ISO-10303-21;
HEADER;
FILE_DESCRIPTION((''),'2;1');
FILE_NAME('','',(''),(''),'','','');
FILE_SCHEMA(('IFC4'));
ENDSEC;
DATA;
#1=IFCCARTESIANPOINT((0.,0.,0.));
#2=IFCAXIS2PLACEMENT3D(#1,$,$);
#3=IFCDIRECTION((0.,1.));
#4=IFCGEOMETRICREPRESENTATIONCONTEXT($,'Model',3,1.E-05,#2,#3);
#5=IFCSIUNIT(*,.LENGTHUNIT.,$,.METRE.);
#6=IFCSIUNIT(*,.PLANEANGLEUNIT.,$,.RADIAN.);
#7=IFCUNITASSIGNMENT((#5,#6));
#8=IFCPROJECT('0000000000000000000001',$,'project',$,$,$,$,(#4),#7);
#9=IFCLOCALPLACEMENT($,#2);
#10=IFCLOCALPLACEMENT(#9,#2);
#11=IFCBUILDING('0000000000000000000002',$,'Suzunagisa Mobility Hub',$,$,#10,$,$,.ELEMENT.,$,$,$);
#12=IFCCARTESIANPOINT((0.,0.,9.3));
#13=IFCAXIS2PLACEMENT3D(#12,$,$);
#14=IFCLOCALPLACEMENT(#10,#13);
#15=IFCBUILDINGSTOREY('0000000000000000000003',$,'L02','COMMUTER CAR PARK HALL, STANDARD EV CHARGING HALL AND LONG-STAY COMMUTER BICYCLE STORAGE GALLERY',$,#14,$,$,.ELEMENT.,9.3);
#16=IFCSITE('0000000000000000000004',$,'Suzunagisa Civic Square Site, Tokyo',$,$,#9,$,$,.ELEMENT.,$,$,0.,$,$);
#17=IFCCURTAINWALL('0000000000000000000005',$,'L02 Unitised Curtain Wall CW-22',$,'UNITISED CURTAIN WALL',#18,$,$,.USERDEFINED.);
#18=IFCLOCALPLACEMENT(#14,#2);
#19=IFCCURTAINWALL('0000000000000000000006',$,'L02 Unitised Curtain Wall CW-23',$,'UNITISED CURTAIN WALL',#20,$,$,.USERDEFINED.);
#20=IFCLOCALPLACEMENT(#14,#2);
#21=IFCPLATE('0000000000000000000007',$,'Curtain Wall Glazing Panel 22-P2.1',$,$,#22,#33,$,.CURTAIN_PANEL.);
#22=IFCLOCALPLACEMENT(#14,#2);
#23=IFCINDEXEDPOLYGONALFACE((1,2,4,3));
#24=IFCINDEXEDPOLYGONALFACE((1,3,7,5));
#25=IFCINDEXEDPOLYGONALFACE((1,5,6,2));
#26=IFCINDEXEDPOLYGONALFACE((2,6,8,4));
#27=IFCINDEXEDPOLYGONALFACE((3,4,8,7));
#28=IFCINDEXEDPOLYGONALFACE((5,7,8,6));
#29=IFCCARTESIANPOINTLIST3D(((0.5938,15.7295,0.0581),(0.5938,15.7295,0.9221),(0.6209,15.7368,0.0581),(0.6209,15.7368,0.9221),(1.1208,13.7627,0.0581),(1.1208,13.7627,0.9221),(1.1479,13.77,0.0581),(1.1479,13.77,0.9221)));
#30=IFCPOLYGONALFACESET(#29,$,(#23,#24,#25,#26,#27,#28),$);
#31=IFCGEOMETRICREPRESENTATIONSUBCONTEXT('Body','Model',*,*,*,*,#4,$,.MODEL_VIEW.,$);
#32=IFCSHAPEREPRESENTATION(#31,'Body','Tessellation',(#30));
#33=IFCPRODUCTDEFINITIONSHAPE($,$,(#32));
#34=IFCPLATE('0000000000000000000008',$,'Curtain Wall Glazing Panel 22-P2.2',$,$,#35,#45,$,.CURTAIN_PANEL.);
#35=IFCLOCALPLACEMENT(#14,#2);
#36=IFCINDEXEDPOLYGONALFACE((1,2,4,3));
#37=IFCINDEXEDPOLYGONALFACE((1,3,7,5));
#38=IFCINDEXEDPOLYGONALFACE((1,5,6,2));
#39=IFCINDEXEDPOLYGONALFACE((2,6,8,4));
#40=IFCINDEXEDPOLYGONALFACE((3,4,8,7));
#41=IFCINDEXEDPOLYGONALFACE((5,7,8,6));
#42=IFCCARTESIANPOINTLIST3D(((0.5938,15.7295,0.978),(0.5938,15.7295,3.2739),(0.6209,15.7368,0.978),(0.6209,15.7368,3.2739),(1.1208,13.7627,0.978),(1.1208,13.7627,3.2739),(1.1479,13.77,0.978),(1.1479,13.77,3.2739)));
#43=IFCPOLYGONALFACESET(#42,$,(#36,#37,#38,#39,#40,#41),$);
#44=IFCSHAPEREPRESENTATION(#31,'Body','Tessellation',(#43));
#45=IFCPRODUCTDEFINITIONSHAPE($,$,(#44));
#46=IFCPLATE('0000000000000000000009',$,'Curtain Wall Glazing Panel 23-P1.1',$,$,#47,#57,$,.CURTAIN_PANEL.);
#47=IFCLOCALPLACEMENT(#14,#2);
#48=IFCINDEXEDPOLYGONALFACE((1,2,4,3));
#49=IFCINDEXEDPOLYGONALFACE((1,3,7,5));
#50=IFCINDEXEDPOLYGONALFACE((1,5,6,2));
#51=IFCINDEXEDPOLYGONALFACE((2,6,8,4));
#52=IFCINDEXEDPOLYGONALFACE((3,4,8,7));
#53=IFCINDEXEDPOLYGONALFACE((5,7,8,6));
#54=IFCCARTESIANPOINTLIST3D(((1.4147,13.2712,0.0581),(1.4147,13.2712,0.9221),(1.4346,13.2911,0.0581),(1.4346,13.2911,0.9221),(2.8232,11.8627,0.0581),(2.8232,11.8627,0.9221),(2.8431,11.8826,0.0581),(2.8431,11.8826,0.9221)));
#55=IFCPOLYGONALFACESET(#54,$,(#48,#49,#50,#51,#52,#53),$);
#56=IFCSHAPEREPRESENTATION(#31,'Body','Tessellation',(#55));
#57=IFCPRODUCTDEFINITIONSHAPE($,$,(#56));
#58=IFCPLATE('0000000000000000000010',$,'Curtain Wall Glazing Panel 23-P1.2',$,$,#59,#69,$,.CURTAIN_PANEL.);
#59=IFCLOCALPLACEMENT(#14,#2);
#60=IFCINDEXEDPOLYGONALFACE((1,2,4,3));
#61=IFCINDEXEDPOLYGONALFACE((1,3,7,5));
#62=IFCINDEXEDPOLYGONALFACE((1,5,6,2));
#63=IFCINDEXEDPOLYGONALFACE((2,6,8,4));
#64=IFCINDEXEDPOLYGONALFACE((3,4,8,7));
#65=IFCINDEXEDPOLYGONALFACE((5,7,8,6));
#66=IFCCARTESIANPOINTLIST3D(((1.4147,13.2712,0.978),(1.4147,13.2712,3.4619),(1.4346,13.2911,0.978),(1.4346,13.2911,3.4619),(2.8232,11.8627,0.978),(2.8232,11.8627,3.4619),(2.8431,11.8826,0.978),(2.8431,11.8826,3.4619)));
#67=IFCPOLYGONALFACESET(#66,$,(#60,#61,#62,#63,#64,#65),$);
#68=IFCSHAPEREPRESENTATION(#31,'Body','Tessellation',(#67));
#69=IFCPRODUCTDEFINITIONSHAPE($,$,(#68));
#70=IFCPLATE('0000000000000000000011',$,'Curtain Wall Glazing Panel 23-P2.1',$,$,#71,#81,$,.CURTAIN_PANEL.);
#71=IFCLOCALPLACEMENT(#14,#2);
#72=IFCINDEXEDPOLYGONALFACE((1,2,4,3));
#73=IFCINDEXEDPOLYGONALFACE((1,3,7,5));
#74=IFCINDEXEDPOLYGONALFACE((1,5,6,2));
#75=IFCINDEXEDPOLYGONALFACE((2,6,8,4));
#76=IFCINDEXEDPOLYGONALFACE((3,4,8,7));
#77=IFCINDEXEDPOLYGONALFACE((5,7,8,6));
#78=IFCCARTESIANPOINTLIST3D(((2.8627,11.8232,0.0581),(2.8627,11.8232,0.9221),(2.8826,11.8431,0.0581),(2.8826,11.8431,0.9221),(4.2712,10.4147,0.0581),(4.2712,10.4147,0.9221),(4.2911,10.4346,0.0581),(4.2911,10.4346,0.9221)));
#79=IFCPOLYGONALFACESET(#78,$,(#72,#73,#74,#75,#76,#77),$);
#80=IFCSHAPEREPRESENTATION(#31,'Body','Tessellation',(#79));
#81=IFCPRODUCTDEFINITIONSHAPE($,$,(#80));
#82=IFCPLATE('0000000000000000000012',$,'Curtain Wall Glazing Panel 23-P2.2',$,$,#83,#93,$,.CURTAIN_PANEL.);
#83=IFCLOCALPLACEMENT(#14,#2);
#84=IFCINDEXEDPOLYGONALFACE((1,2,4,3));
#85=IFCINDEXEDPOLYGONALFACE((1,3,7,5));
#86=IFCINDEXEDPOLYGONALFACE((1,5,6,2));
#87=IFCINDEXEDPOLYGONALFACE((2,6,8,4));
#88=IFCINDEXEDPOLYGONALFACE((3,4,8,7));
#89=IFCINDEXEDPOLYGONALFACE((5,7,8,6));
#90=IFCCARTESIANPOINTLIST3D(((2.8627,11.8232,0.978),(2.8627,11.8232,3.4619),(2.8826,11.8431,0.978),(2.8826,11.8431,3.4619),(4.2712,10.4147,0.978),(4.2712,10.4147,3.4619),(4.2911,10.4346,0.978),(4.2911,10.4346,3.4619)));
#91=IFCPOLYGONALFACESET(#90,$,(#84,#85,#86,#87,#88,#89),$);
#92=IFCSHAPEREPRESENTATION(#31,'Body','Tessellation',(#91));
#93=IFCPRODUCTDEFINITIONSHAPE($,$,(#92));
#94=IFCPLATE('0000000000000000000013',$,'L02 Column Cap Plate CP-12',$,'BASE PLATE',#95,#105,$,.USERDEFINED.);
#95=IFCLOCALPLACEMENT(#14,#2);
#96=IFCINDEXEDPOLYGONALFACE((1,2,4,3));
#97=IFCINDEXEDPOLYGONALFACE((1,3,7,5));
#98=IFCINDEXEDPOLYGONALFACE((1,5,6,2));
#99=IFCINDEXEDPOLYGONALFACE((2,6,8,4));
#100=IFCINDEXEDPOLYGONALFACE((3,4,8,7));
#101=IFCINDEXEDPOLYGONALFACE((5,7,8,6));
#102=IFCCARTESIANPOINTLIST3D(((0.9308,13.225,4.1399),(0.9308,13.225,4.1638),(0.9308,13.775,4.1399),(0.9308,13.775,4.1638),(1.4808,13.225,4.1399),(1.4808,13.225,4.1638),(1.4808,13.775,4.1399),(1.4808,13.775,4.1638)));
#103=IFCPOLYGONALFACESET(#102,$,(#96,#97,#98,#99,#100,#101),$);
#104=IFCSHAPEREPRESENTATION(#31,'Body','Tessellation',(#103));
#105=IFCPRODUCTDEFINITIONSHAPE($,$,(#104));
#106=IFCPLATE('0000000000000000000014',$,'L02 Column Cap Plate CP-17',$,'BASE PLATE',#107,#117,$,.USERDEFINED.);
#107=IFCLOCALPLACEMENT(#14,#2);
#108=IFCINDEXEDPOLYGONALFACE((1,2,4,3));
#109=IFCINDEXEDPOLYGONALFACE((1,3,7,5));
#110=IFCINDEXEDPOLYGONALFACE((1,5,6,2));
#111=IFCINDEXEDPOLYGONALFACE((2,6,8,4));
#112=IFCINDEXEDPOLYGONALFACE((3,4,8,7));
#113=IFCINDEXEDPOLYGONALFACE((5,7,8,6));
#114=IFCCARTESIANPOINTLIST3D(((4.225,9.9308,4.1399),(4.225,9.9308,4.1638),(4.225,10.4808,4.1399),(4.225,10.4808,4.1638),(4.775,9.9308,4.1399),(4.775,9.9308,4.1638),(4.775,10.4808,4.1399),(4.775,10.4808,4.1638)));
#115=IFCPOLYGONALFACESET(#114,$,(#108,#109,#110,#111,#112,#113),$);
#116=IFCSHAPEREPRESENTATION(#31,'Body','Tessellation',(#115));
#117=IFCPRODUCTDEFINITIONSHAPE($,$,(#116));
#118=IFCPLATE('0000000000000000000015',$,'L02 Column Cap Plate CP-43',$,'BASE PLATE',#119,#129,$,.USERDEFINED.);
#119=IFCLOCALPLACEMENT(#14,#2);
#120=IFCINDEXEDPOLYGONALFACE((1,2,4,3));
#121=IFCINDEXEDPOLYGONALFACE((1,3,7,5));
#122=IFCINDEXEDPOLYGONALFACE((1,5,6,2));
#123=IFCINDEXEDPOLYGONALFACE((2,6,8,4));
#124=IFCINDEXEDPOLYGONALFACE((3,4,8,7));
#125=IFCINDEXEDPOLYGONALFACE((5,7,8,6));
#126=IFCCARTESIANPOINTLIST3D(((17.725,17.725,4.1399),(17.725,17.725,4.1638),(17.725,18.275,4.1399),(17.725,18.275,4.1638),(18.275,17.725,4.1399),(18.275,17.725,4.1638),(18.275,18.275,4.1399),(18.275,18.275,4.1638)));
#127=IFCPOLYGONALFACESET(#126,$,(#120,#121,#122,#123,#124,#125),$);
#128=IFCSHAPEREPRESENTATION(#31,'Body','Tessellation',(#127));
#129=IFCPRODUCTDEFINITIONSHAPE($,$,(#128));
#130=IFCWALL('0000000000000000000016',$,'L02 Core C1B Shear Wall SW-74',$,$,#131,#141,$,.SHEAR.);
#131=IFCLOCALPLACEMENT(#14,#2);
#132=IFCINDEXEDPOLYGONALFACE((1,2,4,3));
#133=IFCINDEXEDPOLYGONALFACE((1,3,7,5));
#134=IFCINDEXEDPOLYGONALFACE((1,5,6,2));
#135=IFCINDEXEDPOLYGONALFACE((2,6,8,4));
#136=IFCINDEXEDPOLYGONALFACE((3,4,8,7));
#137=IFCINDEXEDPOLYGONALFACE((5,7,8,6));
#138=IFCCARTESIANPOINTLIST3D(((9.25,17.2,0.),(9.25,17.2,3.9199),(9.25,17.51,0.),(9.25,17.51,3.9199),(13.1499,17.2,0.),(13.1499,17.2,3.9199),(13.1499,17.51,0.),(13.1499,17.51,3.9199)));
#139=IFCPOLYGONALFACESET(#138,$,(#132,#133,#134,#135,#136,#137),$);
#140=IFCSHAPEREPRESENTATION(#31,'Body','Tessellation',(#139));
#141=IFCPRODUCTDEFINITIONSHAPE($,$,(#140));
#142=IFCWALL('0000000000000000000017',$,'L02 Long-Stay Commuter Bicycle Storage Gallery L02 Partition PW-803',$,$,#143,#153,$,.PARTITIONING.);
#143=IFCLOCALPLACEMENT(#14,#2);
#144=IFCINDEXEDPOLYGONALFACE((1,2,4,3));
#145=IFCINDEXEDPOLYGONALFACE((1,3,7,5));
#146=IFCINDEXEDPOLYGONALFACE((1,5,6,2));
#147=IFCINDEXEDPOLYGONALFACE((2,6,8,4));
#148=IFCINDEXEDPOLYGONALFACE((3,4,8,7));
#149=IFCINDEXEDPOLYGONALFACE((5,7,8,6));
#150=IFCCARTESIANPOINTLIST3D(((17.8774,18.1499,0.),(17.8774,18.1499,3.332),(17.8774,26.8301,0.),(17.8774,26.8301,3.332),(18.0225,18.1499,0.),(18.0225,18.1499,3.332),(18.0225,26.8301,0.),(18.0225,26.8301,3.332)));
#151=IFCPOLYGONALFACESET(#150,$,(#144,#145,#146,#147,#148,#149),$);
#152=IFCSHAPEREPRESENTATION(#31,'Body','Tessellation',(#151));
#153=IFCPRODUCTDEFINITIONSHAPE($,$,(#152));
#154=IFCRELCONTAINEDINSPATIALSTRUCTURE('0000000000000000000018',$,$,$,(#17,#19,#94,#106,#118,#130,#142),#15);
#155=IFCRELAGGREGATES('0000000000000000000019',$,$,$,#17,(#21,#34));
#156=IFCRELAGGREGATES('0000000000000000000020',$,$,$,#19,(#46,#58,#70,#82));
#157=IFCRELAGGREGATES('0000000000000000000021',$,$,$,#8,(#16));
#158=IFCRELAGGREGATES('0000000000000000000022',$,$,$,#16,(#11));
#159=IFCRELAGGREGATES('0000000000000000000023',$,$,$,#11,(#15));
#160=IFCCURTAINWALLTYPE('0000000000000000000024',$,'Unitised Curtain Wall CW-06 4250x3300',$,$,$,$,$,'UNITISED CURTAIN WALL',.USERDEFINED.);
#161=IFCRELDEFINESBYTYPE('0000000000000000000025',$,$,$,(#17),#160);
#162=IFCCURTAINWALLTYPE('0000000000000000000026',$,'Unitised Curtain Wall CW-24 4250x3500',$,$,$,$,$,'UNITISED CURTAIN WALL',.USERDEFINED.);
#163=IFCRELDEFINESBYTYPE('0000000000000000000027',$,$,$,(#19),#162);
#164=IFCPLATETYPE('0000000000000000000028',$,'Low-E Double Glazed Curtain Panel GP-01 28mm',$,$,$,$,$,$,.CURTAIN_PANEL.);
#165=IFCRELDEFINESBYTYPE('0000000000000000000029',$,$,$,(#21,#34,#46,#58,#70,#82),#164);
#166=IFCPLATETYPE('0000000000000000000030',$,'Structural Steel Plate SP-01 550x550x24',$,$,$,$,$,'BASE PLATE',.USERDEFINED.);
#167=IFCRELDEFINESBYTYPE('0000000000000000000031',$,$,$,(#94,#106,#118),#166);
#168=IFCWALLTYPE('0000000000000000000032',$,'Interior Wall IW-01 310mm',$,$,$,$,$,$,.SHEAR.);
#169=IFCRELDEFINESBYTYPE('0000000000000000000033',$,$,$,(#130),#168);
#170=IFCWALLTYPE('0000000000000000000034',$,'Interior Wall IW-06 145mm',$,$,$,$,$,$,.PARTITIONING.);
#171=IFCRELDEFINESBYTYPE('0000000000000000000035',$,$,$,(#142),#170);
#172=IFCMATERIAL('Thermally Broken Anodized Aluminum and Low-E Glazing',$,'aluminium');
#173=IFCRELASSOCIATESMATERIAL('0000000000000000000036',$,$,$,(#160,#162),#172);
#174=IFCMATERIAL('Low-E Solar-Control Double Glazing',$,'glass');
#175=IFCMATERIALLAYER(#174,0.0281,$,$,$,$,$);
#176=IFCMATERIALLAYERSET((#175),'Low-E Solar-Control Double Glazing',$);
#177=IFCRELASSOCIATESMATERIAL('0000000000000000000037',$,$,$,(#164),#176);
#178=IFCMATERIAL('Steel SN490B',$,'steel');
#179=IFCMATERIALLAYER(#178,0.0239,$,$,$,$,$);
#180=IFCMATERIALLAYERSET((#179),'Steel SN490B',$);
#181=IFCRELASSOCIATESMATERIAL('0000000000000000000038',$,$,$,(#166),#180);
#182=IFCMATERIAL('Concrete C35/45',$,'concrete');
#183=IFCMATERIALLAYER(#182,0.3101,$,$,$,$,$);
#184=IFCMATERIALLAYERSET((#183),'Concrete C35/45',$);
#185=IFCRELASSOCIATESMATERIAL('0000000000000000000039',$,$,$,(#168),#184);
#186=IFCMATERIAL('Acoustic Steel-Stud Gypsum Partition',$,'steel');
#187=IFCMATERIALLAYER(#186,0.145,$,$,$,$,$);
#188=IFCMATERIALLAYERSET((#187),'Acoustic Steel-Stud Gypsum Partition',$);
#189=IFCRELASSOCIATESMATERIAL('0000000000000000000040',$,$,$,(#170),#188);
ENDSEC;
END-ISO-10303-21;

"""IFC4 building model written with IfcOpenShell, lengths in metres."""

from ifc_helpers import new_model, si_unit, direction, frame, frame_2d, origin, origin_2d, place, context, subcontext, project, spatial, rectangle, extrude, material, layer, layer_set, type_object, element, aggregate, save


model = new_model("IFC4")

# Units and contexts
model_context = context("Model", 3, precision=1e-05, world=origin(), true_north=direction((0.0, 1.0)))
body_context = subcontext(model_context, "Body", "Model", "MODEL_VIEW")
ifc_project = project(units=[si_unit("LENGTHUNIT", "METRE"), si_unit("PLANEANGLEUNIT", "RADIAN")], contexts=[model_context])

# Site, building, storey
site_placement = place(None, origin())
site = spatial("IfcSite", under=ifc_project, at=site_placement, Name="Suzunagisa Civic Square Site, Tokyo", CompositionType="ELEMENT", RefElevation=0.0)
building_placement = place(site_placement, origin())
building = spatial("IfcBuilding", under=site, at=building_placement, Name="Suzunagisa Mobility Hub", CompositionType="ELEMENT")
storey_placement = place(building_placement, frame((0.0, 0.0, 9.3)))
storey = spatial("IfcBuildingStorey", under=building, at=storey_placement, Name="L02", Description="COMMUTER CAR PARK HALL, STANDARD EV CHARGING HALL AND LONG-STAY COMMUTER BICYCLE STORAGE GALLERY", CompositionType="ELEMENT", Elevation=9.3)

# Shared definitions
ifc_material_1 = material(Name="Steel SN490B", Category="steel")

# Curtain walls
ifc_material_2 = material(Name="Thermally Broken Anodized Aluminum and Low-E Glazing", Category="aluminium")
curtain_wall_type_1 = type_object("IfcCurtainWallType", Name="Unitised Curtain Wall CW-06 4250x3300", ElementType="UNITISED CURTAIN WALL", PredefinedType="USERDEFINED", material=ifc_material_2)
curtain_wall_1_placement = place(storey_placement, origin())
curtain_wall_1 = element("IfcCurtainWall", 1, at=curtain_wall_1_placement, inside=storey, type_object=curtain_wall_type_1, Name="L02 Unitised Curtain Wall CW-22", ObjectType="UNITISED CURTAIN WALL", PredefinedType="USERDEFINED")
curtain_wall_type_2 = type_object("IfcCurtainWallType", Name="Unitised Curtain Wall CW-24 4250x3500", ElementType="UNITISED CURTAIN WALL", PredefinedType="USERDEFINED", material=ifc_material_2)
curtain_wall_2_placement = place(storey_placement, origin())
curtain_wall_2 = element("IfcCurtainWall", 2, at=curtain_wall_2_placement, inside=storey, type_object=curtain_wall_type_2, Name="L02 Unitised Curtain Wall CW-23", ObjectType="UNITISED CURTAIN WALL", PredefinedType="USERDEFINED")

# Plates
ifc_material_3 = material(Name="Low-E Solar-Control Double Glazing", Category="glass")
ifc_layer_1 = layer(ifc_material_3, 0.0281)
ifc_layer_set_1 = layer_set([ifc_layer_1], Name="Low-E Solar-Control Double Glazing")
plate_type_1 = type_object("IfcPlateType", Name="Low-E Double Glazed Curtain Panel GP-01 28mm", PredefinedType="CURTAIN_PANEL", material=ifc_layer_set_1)
plate_1_placement = place(storey_placement, frame((0.8708, 14.7498, 0.0581), z_axis=(0.0, 0.0, 1.0), x_axis=(0.258811, -0.965928, 0.0)))
plate_1 = element("IfcPlate", 3, at=plate_1_placement, type_object=plate_type_1, Name="Curtain Wall Glazing Panel 22-P2.1", PredefinedType="CURTAIN_PANEL", context=body_context, shape_type="SweptSolid", body=[
    extrude(rectangle(XDim=2.0361, YDim=0.0281, at=origin_2d()), origin(), (0.0, 0.0, 1.0), 0.864),
])
plate_2_placement = place(storey_placement, frame((0.8708, 14.7498, 0.978), z_axis=(0.0, 0.0, 1.0), x_axis=(0.258811, -0.965928, 0.0)))
plate_2 = element("IfcPlate", 4, at=plate_2_placement, type_object=plate_type_1, Name="Curtain Wall Glazing Panel 22-P2.2", PredefinedType="CURTAIN_PANEL", context=body_context, shape_type="SweptSolid", body=[
    extrude(rectangle(XDim=2.0361, YDim=0.0281, at=origin_2d()), origin(), (0.0, 0.0, 1.0), 2.2959),
])
aggregate(curtain_wall_1, [plate_1, plate_2])
plate_3_placement = place(storey_placement, frame((2.1289, 12.5769, 0.0581), z_axis=(0.0, 0.0, 1.0), x_axis=(0.707107, -0.707107, 0.0)))
plate_3 = element("IfcPlate", 5, at=plate_3_placement, type_object=plate_type_1, Name="Curtain Wall Glazing Panel 23-P1.1", PredefinedType="CURTAIN_PANEL", context=body_context, shape_type="SweptSolid", body=[
    extrude(rectangle(XDim=1.9919, YDim=0.0281, at=origin_2d()), origin(), (0.0, 0.0, 1.0), 0.864),
])
plate_4_placement = place(storey_placement, frame((2.1289, 12.5769, 0.978), z_axis=(0.0, 0.0, 1.0), x_axis=(0.707107, -0.707107, 0.0)))
plate_4 = element("IfcPlate", 6, at=plate_4_placement, type_object=plate_type_1, Name="Curtain Wall Glazing Panel 23-P1.2", PredefinedType="CURTAIN_PANEL", context=body_context, shape_type="SweptSolid", body=[
    extrude(rectangle(XDim=1.9919, YDim=0.0281, at=origin_2d()), origin(), (0.0, 0.0, 1.0), 2.4839),
])
plate_5_placement = place(storey_placement, frame((3.5769, 11.1289, 0.0581), z_axis=(0.0, 0.0, 1.0), x_axis=(0.707107, -0.707107, 0.0)))
plate_5 = element("IfcPlate", 7, at=plate_5_placement, type_object=plate_type_1, Name="Curtain Wall Glazing Panel 23-P2.1", PredefinedType="CURTAIN_PANEL", context=body_context, shape_type="SweptSolid", body=[
    extrude(rectangle(XDim=1.9919, YDim=0.0281, at=origin_2d()), origin(), (0.0, 0.0, 1.0), 0.864),
])
plate_6_placement = place(storey_placement, frame((3.5769, 11.1289, 0.978), z_axis=(0.0, 0.0, 1.0), x_axis=(0.707107, -0.707107, 0.0)))
plate_6 = element("IfcPlate", 8, at=plate_6_placement, type_object=plate_type_1, Name="Curtain Wall Glazing Panel 23-P2.2", PredefinedType="CURTAIN_PANEL", context=body_context, shape_type="SweptSolid", body=[
    extrude(rectangle(XDim=1.9919, YDim=0.0281, at=origin_2d()), origin(), (0.0, 0.0, 1.0), 2.4839),
])
aggregate(curtain_wall_2, [plate_3, plate_4, plate_5, plate_6])

# Plates
ifc_layer_2 = layer(ifc_material_1, 0.0239)
ifc_layer_set_2 = layer_set([ifc_layer_2], Name="Steel SN490B")
plate_type_2 = type_object("IfcPlateType", Name="Structural Steel Plate SP-01 550x550x24", ElementType="BASE PLATE", PredefinedType="USERDEFINED", material=ifc_layer_set_2)
for number, where, z_axis, x_axis, name in (
    (9, (1.2058, 13.5, 4.1399), (0.0, 0.0, 1.0), (1.0, 0.0, 0.0), "L02 Column Cap Plate CP-12"),
    (10, (4.5, 10.2058, 4.1399), (0.0, 0.0, 1.0), (1.0, 0.0, 0.0), "L02 Column Cap Plate CP-17"),
    (11, (18.0, 18.0, 4.1399), (0.0, 0.0, 1.0), (1.0, 0.0, 0.0), "L02 Column Cap Plate CP-43"),
):
    element("IfcPlate", number, at=place(storey_placement, frame(where, z_axis=z_axis, x_axis=x_axis)), inside=storey, type_object=plate_type_2, Name=name, ObjectType="BASE PLATE", PredefinedType="USERDEFINED", context=body_context, shape_type="SweptSolid", body=[
        extrude(rectangle(XDim=0.55, YDim=0.55, at=origin_2d()), origin(), (0.0, 0.0, 1.0), 0.0239),
    ])

# Walls
ifc_material_4 = material(Name="Concrete C35/45", Category="concrete")
ifc_layer_3 = layer(ifc_material_4, 0.3101)
ifc_layer_set_3 = layer_set([ifc_layer_3], Name="Concrete C35/45")
wall_type_1 = type_object("IfcWallType", Name="Interior Wall IW-01 310mm", PredefinedType="SHEAR", material=ifc_layer_set_3)
wall_1_placement = place(storey_placement, frame((9.25, 17.355, 0.0), z_axis=(0.0, 0.0, 1.0), x_axis=(1.0, 0.0, 0.0)))
element("IfcWall", 12, at=wall_1_placement, inside=storey, type_object=wall_type_1, Name="L02 Core C1B Shear Wall SW-74", PredefinedType="SHEAR", context=body_context, shape_type="SweptSolid", body=[
    extrude(rectangle(XDim=3.8999, YDim=0.3101, at=frame_2d((1.95, 0.0))), origin(), (0.0, 0.0, 1.0), 3.9199),
])
ifc_material_5 = material(Name="Acoustic Steel-Stud Gypsum Partition", Category="steel")
ifc_layer_4 = layer(ifc_material_5, 0.145)
ifc_layer_set_4 = layer_set([ifc_layer_4], Name="Acoustic Steel-Stud Gypsum Partition")
wall_type_2 = type_object("IfcWallType", Name="Interior Wall IW-06 145mm", PredefinedType="PARTITIONING", material=ifc_layer_set_4)
wall_2_placement = place(storey_placement, frame((17.95, 18.1499, 0.0), z_axis=(0.0, 0.0, 1.0), x_axis=(0.0, 1.0, 0.0)))
element("IfcWall", 13, at=wall_2_placement, inside=storey, type_object=wall_type_2, Name="L02 Long-Stay Commuter Bicycle Storage Gallery L02 Partition PW-803", PredefinedType="PARTITIONING", context=body_context, shape_type="SweptSolid", body=[
    extrude(rectangle(XDim=8.6802, YDim=0.145, at=frame_2d((4.3401, 0.0))), origin(), (0.0, 0.0, 1.0), 3.332),
])

save(model, "model.ifc")
